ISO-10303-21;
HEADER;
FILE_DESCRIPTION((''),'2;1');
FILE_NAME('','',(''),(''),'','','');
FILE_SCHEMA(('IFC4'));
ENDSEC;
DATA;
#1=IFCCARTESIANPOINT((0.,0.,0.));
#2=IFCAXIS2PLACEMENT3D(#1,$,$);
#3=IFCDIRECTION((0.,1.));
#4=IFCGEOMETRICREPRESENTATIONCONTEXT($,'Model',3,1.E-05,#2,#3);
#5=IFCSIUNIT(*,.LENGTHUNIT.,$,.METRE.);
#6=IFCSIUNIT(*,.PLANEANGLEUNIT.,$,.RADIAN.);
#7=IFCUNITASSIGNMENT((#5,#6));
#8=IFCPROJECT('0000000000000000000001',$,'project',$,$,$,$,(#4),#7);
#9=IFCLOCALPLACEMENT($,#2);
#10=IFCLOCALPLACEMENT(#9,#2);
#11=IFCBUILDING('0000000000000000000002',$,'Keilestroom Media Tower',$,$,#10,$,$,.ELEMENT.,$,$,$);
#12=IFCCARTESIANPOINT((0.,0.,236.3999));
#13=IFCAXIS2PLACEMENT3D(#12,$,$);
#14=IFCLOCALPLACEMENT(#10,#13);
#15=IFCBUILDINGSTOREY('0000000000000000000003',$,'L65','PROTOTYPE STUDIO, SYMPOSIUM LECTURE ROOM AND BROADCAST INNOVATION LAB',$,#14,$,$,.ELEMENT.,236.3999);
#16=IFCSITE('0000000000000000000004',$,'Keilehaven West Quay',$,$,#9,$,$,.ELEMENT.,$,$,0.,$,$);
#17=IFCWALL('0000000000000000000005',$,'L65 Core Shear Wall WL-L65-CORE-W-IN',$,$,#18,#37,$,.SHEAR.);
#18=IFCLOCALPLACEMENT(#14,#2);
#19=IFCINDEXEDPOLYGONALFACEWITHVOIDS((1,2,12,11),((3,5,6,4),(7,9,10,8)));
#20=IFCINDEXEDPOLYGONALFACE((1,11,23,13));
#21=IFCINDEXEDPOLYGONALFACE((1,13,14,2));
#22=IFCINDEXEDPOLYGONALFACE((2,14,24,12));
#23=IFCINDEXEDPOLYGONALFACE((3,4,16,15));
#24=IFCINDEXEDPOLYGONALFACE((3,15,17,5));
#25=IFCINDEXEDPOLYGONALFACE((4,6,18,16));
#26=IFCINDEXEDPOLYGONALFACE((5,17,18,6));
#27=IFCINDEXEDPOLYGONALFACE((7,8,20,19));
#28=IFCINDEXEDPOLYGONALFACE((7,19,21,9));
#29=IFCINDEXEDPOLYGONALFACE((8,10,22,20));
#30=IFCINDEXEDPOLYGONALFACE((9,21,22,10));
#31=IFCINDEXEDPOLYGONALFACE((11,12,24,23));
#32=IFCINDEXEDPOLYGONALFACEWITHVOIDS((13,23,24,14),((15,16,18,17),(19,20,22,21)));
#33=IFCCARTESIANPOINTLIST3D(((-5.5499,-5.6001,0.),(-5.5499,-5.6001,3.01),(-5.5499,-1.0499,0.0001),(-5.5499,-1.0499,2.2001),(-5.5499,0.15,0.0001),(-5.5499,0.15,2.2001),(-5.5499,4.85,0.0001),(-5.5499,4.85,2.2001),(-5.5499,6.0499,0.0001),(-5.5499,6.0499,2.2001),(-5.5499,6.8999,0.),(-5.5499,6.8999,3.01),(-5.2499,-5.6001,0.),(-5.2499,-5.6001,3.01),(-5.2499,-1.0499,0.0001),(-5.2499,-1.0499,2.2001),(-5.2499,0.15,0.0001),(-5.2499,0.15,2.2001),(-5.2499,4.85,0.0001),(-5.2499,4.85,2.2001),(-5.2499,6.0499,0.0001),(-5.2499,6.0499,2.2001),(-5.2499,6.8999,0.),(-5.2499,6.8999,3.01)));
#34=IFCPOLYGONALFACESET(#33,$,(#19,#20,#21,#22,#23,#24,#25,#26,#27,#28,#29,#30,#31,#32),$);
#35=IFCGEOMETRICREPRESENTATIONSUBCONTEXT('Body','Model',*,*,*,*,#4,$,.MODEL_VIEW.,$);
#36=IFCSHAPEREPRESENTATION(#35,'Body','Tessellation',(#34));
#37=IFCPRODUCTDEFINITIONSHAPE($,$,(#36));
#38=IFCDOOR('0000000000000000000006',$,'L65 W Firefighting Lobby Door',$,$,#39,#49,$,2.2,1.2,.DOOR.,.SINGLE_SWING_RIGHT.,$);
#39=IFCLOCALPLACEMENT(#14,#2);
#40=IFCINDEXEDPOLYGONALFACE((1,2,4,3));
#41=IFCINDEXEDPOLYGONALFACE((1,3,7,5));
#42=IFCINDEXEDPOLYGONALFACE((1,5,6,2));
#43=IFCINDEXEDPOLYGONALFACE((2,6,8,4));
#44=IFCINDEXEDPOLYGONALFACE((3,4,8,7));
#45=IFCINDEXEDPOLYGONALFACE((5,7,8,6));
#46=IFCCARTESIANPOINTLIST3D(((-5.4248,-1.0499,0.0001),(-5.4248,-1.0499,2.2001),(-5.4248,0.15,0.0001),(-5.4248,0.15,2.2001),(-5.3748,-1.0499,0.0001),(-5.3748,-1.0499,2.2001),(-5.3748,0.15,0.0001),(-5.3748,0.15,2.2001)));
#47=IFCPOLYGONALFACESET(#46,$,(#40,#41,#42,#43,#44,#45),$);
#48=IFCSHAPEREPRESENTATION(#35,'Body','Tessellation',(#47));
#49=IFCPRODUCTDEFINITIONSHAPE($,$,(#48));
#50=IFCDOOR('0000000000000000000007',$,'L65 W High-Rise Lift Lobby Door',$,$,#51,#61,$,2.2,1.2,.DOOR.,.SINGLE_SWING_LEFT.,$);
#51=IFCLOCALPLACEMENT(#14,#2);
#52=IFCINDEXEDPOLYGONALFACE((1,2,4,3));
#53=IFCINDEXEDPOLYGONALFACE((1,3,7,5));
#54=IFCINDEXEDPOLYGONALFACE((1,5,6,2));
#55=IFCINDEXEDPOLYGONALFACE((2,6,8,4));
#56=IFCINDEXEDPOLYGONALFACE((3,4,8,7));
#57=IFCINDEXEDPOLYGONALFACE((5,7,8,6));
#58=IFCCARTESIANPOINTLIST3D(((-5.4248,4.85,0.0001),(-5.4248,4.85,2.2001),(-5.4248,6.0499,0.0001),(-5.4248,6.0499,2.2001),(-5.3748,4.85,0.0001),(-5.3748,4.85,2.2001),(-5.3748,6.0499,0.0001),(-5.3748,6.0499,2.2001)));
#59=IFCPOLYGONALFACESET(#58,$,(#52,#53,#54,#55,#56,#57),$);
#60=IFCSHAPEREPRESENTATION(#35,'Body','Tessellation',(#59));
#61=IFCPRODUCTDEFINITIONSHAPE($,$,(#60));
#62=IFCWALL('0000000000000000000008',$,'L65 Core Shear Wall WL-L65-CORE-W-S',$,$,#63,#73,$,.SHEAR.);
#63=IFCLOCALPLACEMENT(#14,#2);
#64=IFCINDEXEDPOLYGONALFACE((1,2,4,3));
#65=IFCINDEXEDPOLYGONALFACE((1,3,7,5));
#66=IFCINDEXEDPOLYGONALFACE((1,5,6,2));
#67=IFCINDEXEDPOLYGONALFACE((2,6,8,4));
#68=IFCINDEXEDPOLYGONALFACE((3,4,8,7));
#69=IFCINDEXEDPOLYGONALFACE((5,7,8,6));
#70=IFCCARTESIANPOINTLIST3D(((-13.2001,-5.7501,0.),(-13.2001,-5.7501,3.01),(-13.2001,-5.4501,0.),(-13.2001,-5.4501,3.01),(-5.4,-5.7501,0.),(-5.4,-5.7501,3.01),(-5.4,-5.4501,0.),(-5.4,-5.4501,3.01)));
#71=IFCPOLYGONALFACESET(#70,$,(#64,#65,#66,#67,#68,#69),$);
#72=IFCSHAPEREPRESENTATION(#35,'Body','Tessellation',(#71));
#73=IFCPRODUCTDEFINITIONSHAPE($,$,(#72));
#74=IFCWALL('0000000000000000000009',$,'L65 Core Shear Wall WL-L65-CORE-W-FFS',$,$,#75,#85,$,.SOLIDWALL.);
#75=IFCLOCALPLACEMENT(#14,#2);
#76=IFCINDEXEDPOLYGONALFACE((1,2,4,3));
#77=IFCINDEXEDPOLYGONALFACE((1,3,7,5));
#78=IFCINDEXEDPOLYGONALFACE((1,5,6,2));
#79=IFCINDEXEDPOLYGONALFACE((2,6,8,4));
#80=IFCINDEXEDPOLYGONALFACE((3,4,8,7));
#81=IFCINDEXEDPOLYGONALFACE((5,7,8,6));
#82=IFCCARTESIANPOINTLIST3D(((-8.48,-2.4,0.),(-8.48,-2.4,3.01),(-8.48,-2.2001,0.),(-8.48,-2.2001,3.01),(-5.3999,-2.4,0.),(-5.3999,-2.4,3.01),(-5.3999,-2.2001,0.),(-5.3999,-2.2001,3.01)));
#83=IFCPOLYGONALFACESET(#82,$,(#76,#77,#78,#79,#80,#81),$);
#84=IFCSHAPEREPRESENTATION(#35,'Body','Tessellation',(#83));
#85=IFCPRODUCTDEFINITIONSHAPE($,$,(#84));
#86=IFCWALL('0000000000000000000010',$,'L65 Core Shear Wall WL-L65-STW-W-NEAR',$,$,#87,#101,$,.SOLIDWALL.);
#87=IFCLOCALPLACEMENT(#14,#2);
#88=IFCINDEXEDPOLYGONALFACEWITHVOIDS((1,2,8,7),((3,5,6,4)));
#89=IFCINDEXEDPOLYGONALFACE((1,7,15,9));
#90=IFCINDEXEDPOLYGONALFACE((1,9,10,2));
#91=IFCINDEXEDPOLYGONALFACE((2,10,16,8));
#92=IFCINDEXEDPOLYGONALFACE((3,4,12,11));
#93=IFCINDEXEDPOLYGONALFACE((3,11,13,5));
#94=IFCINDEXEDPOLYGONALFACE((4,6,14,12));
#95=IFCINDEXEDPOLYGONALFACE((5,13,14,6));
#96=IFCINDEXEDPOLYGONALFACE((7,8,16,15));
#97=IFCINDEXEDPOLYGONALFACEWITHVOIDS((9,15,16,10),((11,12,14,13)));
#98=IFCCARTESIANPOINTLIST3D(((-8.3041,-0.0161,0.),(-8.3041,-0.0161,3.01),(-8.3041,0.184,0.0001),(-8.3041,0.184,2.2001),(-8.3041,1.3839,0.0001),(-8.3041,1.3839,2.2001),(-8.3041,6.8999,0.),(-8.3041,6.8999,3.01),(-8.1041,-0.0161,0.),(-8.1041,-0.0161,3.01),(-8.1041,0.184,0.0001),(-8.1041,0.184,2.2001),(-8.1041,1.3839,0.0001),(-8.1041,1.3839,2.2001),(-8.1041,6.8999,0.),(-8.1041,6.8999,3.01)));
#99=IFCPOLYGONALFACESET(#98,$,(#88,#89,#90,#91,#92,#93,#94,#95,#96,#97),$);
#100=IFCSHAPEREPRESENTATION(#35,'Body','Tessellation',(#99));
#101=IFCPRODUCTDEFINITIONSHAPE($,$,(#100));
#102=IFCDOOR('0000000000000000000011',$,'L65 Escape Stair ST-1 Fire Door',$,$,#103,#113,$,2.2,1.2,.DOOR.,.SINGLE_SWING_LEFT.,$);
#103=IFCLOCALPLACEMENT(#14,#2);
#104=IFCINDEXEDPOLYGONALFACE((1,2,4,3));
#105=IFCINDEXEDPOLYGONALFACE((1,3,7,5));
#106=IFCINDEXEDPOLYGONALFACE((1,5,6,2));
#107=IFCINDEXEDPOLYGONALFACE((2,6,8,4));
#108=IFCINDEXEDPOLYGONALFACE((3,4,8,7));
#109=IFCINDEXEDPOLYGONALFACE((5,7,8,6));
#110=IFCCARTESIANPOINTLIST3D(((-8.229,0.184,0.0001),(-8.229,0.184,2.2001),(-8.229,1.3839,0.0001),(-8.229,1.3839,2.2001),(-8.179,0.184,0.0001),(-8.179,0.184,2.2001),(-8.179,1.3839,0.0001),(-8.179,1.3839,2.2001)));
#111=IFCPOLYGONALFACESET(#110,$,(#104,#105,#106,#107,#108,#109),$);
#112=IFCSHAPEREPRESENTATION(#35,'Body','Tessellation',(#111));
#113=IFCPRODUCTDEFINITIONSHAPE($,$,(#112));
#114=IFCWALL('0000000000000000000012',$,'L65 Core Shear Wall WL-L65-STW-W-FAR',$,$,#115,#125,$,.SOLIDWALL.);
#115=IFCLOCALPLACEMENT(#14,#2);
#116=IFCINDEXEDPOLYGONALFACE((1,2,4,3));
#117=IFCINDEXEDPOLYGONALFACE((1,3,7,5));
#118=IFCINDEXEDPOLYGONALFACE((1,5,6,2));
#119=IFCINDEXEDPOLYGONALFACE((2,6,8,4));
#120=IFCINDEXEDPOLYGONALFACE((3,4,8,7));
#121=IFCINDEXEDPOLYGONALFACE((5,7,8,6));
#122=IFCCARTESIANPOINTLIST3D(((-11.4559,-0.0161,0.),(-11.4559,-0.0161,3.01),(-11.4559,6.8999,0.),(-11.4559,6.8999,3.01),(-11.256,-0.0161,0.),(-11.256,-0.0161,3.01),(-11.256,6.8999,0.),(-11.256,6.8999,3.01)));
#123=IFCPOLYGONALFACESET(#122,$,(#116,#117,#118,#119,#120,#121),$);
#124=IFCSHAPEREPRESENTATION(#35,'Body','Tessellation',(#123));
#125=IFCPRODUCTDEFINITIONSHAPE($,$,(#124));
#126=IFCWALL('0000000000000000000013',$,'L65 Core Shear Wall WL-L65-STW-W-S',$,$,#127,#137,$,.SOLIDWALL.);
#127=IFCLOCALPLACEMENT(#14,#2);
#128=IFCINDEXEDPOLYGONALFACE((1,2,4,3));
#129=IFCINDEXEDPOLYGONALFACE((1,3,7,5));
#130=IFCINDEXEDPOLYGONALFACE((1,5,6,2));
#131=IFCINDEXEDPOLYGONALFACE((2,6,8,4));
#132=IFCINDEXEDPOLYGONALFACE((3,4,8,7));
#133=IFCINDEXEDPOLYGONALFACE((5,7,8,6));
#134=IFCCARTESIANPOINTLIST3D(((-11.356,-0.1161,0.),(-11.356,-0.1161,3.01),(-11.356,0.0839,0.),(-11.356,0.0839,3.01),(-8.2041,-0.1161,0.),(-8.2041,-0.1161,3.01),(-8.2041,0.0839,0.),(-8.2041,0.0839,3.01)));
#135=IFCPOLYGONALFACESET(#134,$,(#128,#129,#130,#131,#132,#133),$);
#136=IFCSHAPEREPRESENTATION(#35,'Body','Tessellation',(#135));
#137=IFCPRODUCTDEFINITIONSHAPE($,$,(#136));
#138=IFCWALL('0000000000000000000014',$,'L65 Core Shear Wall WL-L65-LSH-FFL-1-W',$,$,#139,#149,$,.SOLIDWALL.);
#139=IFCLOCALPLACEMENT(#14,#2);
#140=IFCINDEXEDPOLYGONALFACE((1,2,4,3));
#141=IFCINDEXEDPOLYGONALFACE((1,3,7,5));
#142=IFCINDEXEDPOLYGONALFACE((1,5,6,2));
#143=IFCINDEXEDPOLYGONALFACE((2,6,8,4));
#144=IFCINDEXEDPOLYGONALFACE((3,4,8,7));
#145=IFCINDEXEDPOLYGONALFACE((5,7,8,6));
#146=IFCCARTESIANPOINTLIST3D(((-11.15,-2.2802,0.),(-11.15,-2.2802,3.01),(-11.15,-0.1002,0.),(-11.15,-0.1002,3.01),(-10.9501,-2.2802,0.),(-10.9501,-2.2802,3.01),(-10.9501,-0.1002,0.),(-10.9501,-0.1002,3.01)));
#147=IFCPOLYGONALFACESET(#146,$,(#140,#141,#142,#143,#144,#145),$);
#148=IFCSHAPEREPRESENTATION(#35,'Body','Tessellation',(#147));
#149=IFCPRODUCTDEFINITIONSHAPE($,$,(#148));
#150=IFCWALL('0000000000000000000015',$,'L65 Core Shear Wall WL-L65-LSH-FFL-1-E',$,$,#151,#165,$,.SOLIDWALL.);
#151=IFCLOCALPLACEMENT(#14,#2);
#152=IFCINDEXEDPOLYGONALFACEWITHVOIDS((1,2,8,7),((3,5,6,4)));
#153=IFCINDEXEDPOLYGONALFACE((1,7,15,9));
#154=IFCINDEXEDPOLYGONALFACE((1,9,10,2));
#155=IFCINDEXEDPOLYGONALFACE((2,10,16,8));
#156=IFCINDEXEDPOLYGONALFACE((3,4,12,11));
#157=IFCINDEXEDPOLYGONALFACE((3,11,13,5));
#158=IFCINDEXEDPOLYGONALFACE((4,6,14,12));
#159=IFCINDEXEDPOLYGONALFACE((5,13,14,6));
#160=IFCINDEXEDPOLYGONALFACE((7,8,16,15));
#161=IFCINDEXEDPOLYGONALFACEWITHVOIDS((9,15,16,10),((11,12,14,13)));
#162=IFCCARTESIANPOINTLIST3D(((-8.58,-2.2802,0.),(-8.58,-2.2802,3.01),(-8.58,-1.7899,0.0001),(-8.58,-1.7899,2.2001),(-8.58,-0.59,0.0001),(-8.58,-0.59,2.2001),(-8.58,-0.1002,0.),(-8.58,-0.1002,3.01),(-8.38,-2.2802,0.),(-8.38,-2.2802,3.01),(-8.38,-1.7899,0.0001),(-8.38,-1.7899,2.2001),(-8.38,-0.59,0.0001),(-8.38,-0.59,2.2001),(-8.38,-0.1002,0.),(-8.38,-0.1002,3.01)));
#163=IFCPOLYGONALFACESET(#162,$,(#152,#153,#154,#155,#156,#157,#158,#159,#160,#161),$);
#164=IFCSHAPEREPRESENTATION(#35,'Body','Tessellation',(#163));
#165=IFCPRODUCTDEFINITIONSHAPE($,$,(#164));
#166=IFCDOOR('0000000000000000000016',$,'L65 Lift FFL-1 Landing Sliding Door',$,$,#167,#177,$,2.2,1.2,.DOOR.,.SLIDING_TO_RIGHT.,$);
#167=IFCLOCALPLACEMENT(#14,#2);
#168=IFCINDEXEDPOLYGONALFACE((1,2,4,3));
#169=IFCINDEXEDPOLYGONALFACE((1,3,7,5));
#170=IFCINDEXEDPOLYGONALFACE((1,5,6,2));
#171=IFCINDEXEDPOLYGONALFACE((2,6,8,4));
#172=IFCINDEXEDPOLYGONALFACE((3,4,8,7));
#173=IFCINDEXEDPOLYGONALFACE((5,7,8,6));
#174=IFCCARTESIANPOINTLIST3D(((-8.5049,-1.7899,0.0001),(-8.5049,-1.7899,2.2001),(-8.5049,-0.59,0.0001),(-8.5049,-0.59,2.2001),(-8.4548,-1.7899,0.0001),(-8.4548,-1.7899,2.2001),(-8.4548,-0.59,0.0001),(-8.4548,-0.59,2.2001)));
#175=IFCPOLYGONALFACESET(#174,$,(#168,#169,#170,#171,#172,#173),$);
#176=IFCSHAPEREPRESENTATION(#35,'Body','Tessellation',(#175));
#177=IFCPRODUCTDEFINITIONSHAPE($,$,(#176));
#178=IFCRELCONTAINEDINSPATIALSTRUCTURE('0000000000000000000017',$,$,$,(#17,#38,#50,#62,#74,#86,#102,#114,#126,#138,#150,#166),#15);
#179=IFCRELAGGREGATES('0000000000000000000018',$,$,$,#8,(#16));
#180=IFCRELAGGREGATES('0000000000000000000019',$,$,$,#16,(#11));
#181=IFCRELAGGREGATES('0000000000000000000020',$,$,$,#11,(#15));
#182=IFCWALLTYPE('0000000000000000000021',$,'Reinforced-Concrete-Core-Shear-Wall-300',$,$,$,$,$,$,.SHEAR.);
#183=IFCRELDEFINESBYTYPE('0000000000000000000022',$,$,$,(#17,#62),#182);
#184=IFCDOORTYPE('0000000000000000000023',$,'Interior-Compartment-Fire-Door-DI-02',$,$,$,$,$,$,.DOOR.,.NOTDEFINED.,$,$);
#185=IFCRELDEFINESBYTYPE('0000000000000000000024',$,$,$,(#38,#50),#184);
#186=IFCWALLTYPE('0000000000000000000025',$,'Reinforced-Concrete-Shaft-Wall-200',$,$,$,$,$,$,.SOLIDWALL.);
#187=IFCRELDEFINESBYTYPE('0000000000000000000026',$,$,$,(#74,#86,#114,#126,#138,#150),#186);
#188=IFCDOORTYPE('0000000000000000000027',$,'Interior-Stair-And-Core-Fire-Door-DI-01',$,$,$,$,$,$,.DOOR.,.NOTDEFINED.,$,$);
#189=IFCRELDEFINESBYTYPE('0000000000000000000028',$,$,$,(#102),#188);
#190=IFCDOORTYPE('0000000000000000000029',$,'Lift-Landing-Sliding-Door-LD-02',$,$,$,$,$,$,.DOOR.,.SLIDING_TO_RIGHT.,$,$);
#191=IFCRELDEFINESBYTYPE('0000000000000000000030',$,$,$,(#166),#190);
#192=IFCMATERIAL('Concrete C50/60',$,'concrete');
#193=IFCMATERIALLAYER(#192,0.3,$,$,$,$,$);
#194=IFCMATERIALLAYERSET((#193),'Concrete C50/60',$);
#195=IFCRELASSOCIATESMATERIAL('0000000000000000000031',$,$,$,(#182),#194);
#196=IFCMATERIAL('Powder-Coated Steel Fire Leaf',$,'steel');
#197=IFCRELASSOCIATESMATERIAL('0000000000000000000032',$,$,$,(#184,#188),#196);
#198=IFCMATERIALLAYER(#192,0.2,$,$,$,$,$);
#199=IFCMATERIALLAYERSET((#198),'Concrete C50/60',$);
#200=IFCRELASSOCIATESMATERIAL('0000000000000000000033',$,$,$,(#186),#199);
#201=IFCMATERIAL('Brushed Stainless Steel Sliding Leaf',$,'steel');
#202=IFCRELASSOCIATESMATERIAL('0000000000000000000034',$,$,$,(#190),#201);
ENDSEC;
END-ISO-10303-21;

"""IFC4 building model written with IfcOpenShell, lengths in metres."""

from ifc_helpers import new_model, si_unit, direction, frame, frame_2d, origin, place, context, subcontext, project, spatial, rectangle, extrude, source, transform, mapped, material, layer, layer_set, type_object, element, fill, save


model = new_model("IFC4")

# Units and contexts
model_context = context("Model", 3, precision=1e-05, world=origin(), true_north=direction((0.0, 1.0)))
body_context = subcontext(model_context, "Body", "Model", "MODEL_VIEW")
ifc_project = project(units=[si_unit("LENGTHUNIT", "METRE"), si_unit("PLANEANGLEUNIT", "RADIAN")], contexts=[model_context])

# Site, building, storey
site_placement = place(None, origin())
site = spatial("IfcSite", under=ifc_project, at=site_placement, Name="Keilehaven West Quay", CompositionType="ELEMENT", RefElevation=0.0)
building_placement = place(site_placement, origin())
building = spatial("IfcBuilding", under=site, at=building_placement, Name="Keilestroom Media Tower", CompositionType="ELEMENT")
storey_placement = place(building_placement, frame((0.0, 0.0, 236.3999)))
storey = spatial("IfcBuildingStorey", under=building, at=storey_placement, Name="L65", Description="PROTOTYPE STUDIO, SYMPOSIUM LECTURE ROOM AND BROADCAST INNOVATION LAB", CompositionType="ELEMENT", Elevation=236.3999)

# Shared definitions
ifc_material_1 = material(Name="Concrete C50/60", Category="concrete")
ifc_layer_1 = layer(ifc_material_1, 0.3)
ifc_layer_set_1 = layer_set([ifc_layer_1], Name="Concrete C50/60")
wall_type_1 = type_object("IfcWallType", Name="Reinforced-Concrete-Core-Shear-Wall-300", PredefinedType="SHEAR", material=ifc_layer_set_1)

# Wall, openings, doors
wall_1_placement = place(storey_placement, frame((-5.3999, -5.6001, 0.0), z_axis=(0.0, 0.0, 1.0), x_axis=(0.0, 1.0, 0.0)))
wall_1 = element("IfcWall", 1, at=wall_1_placement, inside=storey, type_object=wall_type_1, Name="L65 Core Shear Wall WL-L65-CORE-W-IN", PredefinedType="SHEAR", context=body_context, shape_type="SweptSolid", body=[
    extrude(rectangle(XDim=12.5, YDim=0.3, at=frame_2d((6.25, 0.0))), origin(), (0.0, 0.0, 1.0), 3.01),
])
opening_1_placement = place(wall_1_placement, frame((4.55, 0.0, 0.0)))
opening_1 = element("IfcOpeningElement", 2, at=opening_1_placement, cuts=wall_1, PredefinedType="OPENING", context=body_context, shape_type="SweptSolid", body=[
    extrude(rectangle(XDim=1.2, YDim=2.2, at=frame_2d((0.6001, 1.1001))), frame((0.0, 0.1602, 0.0), z_axis=(0.0, -1.0, 0.0), x_axis=(1.0, 0.0, 0.0)), (0.0, 0.0, 1.0), 0.3201),
])
opening_2_placement = place(wall_1_placement, frame((10.45, 0.0, 0.0)))
opening_2 = element("IfcOpeningElement", 3, at=opening_2_placement, cuts=wall_1, PredefinedType="OPENING", context=body_context, shape_type="SweptSolid", body=[
    extrude(rectangle(XDim=1.2, YDim=2.2, at=frame_2d((0.6001, 1.1001))), frame((0.0, 0.1602, 0.0), z_axis=(0.0, -1.0, 0.0), x_axis=(1.0, 0.0, 0.0)), (0.0, 0.0, 1.0), 0.3201),
])
ifc_material_2 = material(Name="Powder-Coated Steel Fire Leaf", Category="steel")
door_type_1 = type_object("IfcDoorType", Name="Interior-Compartment-Fire-Door-DI-02", OperationType="NOTDEFINED", PredefinedType="DOOR", material=ifc_material_2)
shared_shape_1 = source(origin(), body_context, "Body", "SweptSolid", [
    extrude(rectangle(XDim=1.2, YDim=2.2, at=frame_2d((0.6001, 1.1001))), frame((0.0, 0.0249, 0.0), z_axis=(0.0, -1.0, 0.0), x_axis=(1.0, 0.0, 0.0)), (0.0, 0.0, 1.0), 0.05),
])
door_1_placement = place(opening_1_placement, origin())
door_1 = element("IfcDoor", 4, at=door_1_placement, inside=storey, type_object=door_type_1, Name="L65 W Firefighting Lobby Door", OperationType="SINGLE_SWING_RIGHT", OverallHeight=2.2, OverallWidth=1.2, PredefinedType="DOOR", context=body_context, shape_type="MappedRepresentation", body=[
    mapped(shared_shape_1, transform((0.0, 0.0, 0.0), x_axis=(1.0, 0.0, 0.0), y_axis=(0.0, 1.0, 0.0), z_axis=(0.0, 0.0, 1.0), scale=1.0)),
])
fill(opening_1, door_1)
door_2_placement = place(opening_2_placement, origin())
door_2 = element("IfcDoor", 5, at=door_2_placement, inside=storey, type_object=door_type_1, Name="L65 W High-Rise Lift Lobby Door", OperationType="SINGLE_SWING_LEFT", OverallHeight=2.2, OverallWidth=1.2, PredefinedType="DOOR", context=body_context, shape_type="MappedRepresentation", body=[
    mapped(shared_shape_1, transform((0.0, 0.0, 0.0), x_axis=(1.0, 0.0, 0.0), y_axis=(0.0, 1.0, 0.0), z_axis=(0.0, 0.0, 1.0), scale=1.0)),
])
fill(opening_2, door_2)

# Walls
wall_2_placement = place(storey_placement, frame((-13.2, -5.6001, 0.0), z_axis=(0.0, 0.0, 1.0), x_axis=(1.0, 0.0, 0.0)))
element("IfcWall", 6, at=wall_2_placement, inside=storey, type_object=wall_type_1, Name="L65 Core Shear Wall WL-L65-CORE-W-S", PredefinedType="SHEAR", context=body_context, shape_type="SweptSolid", body=[
    extrude(rectangle(XDim=7.8, YDim=0.3, at=frame_2d((3.8999, 0.0))), origin(), (0.0, 0.0, 1.0), 3.01),
])
ifc_layer_2 = layer(ifc_material_1, 0.2)
ifc_layer_set_2 = layer_set([ifc_layer_2], Name="Concrete C50/60")
wall_type_2 = type_object("IfcWallType", Name="Reinforced-Concrete-Shaft-Wall-200", PredefinedType="SOLIDWALL", material=ifc_layer_set_2)
wall_3_placement = place(storey_placement, frame((-8.48, -2.3, 0.0), z_axis=(0.0, 0.0, 1.0), x_axis=(1.0, 0.0, 0.0)))
element("IfcWall", 7, at=wall_3_placement, inside=storey, type_object=wall_type_2, Name="L65 Core Shear Wall WL-L65-CORE-W-FFS", PredefinedType="SOLIDWALL", context=body_context, shape_type="SweptSolid", body=[
    extrude(rectangle(XDim=3.0801, YDim=0.2, at=frame_2d((1.54, 0.0))), origin(), (0.0, 0.0, 1.0), 3.01),
])

# Wall, opening, door
wall_4_placement = place(storey_placement, frame((-8.2041, -0.0161, 0.0), z_axis=(0.0, 0.0, 1.0), x_axis=(0.0, 1.0, 0.0)))
wall_4 = element("IfcWall", 8, at=wall_4_placement, inside=storey, type_object=wall_type_2, Name="L65 Core Shear Wall WL-L65-STW-W-NEAR", PredefinedType="SOLIDWALL", context=body_context, shape_type="SweptSolid", body=[
    extrude(rectangle(XDim=6.916, YDim=0.2, at=frame_2d((3.458, 0.0))), origin(), (0.0, 0.0, 1.0), 3.01),
])
opening_3_placement = place(wall_4_placement, frame((0.2, 0.0, 0.0)))
opening_3 = element("IfcOpeningElement", 9, at=opening_3_placement, cuts=wall_4, PredefinedType="OPENING", context=body_context, shape_type="SweptSolid", body=[
    extrude(rectangle(XDim=1.2, YDim=2.2, at=frame_2d((0.6001, 1.1001))), frame((0.0, 0.1099, 0.0), z_axis=(0.0, -1.0, 0.0), x_axis=(1.0, 0.0, 0.0)), (0.0, 0.0, 1.0), 0.22),
])
door_type_2 = type_object("IfcDoorType", Name="Interior-Stair-And-Core-Fire-Door-DI-01", OperationType="NOTDEFINED", PredefinedType="DOOR", material=ifc_material_2)
door_3_placement = place(opening_3_placement, origin())
door_3 = element("IfcDoor", 10, at=door_3_placement, inside=storey, type_object=door_type_2, Name="L65 Escape Stair ST-1 Fire Door", OperationType="SINGLE_SWING_LEFT", OverallHeight=2.2, OverallWidth=1.2, PredefinedType="DOOR", context=body_context, shape_type="MappedRepresentation", body=[
    mapped(shared_shape_1, transform((0.0, 0.0, 0.0), x_axis=(1.0, 0.0, 0.0), y_axis=(0.0, 1.0, 0.0), z_axis=(0.0, 0.0, 1.0), scale=1.0)),
])
fill(opening_3, door_3)

# Walls
wall_5_placement = place(storey_placement, frame((-11.356, -0.0161, 0.0), z_axis=(0.0, 0.0, 1.0), x_axis=(0.0, 1.0, 0.0)))
element("IfcWall", 11, at=wall_5_placement, inside=storey, type_object=wall_type_2, Name="L65 Core Shear Wall WL-L65-STW-W-FAR", PredefinedType="SOLIDWALL", context=body_context, shape_type="SweptSolid", body=[
    extrude(rectangle(XDim=6.916, YDim=0.2, at=frame_2d((3.458, 0.0))), origin(), (0.0, 0.0, 1.0), 3.01),
])
wall_6_placement = place(storey_placement, frame((-11.356, -0.0161, 0.0), z_axis=(0.0, 0.0, 1.0), x_axis=(1.0, 0.0, 0.0)))
element("IfcWall", 12, at=wall_6_placement, inside=storey, type_object=wall_type_2, Name="L65 Core Shear Wall WL-L65-STW-W-S", PredefinedType="SOLIDWALL", context=body_context, shape_type="SweptSolid", body=[
    extrude(rectangle(XDim=3.1519, YDim=0.2, at=frame_2d((1.5759, 0.0))), origin(), (0.0, 0.0, 1.0), 3.01),
])
wall_7_placement = place(storey_placement, frame((-11.05, -2.28, 0.0), z_axis=(0.0, 0.0, 1.0), x_axis=(0.0, 1.0, 0.0)))
element("IfcWall", 13, at=wall_7_placement, inside=storey, type_object=wall_type_2, Name="L65 Core Shear Wall WL-L65-LSH-FFL-1-W", PredefinedType="SOLIDWALL", context=body_context, shape_type="SweptSolid", body=[
    extrude(rectangle(XDim=2.1799, YDim=0.2, at=frame_2d((1.0898, 0.0))), origin(), (0.0, 0.0, 1.0), 3.01),
])

# Wall, opening, door
wall_8_placement = place(storey_placement, frame((-8.48, -2.28, 0.0), z_axis=(0.0, 0.0, 1.0), x_axis=(0.0, 1.0, 0.0)))
wall_8 = element("IfcWall", 14, at=wall_8_placement, inside=storey, type_object=wall_type_2, Name="L65 Core Shear Wall WL-L65-LSH-FFL-1-E", PredefinedType="SOLIDWALL", context=body_context, shape_type="SweptSolid", body=[
    extrude(rectangle(XDim=2.1799, YDim=0.2, at=frame_2d((1.0898, 0.0))), origin(), (0.0, 0.0, 1.0), 3.01),
])
opening_4_placement = place(wall_8_placement, frame((0.49, 0.0, 0.0)))
opening_4 = element("IfcOpeningElement", 15, at=opening_4_placement, cuts=wall_8, PredefinedType="OPENING", context=body_context, shape_type="SweptSolid", body=[
    extrude(rectangle(XDim=1.2, YDim=2.2, at=frame_2d((0.6001, 1.1001))), frame((0.0, 0.1099, 0.0), z_axis=(0.0, -1.0, 0.0), x_axis=(1.0, 0.0, 0.0)), (0.0, 0.0, 1.0), 0.22),
])
ifc_material_3 = material(Name="Brushed Stainless Steel Sliding Leaf", Category="steel")
door_type_3 = type_object("IfcDoorType", Name="Lift-Landing-Sliding-Door-LD-02", OperationType="SLIDING_TO_RIGHT", PredefinedType="DOOR", material=ifc_material_3)
door_4_placement = place(opening_4_placement, origin())
door_4 = element("IfcDoor", 16, at=door_4_placement, inside=storey, type_object=door_type_3, Name="L65 Lift FFL-1 Landing Sliding Door", OperationType="SLIDING_TO_RIGHT", OverallHeight=2.2, OverallWidth=1.2, PredefinedType="DOOR", context=body_context, shape_type="MappedRepresentation", body=[
    mapped(shared_shape_1, transform((0.0, 0.0, 0.0), x_axis=(1.0, 0.0, 0.0), y_axis=(0.0, 1.0, 0.0), z_axis=(0.0, 0.0, 1.0), scale=1.0)),
])
fill(opening_4, door_4)

save(model, "model.ifc")
